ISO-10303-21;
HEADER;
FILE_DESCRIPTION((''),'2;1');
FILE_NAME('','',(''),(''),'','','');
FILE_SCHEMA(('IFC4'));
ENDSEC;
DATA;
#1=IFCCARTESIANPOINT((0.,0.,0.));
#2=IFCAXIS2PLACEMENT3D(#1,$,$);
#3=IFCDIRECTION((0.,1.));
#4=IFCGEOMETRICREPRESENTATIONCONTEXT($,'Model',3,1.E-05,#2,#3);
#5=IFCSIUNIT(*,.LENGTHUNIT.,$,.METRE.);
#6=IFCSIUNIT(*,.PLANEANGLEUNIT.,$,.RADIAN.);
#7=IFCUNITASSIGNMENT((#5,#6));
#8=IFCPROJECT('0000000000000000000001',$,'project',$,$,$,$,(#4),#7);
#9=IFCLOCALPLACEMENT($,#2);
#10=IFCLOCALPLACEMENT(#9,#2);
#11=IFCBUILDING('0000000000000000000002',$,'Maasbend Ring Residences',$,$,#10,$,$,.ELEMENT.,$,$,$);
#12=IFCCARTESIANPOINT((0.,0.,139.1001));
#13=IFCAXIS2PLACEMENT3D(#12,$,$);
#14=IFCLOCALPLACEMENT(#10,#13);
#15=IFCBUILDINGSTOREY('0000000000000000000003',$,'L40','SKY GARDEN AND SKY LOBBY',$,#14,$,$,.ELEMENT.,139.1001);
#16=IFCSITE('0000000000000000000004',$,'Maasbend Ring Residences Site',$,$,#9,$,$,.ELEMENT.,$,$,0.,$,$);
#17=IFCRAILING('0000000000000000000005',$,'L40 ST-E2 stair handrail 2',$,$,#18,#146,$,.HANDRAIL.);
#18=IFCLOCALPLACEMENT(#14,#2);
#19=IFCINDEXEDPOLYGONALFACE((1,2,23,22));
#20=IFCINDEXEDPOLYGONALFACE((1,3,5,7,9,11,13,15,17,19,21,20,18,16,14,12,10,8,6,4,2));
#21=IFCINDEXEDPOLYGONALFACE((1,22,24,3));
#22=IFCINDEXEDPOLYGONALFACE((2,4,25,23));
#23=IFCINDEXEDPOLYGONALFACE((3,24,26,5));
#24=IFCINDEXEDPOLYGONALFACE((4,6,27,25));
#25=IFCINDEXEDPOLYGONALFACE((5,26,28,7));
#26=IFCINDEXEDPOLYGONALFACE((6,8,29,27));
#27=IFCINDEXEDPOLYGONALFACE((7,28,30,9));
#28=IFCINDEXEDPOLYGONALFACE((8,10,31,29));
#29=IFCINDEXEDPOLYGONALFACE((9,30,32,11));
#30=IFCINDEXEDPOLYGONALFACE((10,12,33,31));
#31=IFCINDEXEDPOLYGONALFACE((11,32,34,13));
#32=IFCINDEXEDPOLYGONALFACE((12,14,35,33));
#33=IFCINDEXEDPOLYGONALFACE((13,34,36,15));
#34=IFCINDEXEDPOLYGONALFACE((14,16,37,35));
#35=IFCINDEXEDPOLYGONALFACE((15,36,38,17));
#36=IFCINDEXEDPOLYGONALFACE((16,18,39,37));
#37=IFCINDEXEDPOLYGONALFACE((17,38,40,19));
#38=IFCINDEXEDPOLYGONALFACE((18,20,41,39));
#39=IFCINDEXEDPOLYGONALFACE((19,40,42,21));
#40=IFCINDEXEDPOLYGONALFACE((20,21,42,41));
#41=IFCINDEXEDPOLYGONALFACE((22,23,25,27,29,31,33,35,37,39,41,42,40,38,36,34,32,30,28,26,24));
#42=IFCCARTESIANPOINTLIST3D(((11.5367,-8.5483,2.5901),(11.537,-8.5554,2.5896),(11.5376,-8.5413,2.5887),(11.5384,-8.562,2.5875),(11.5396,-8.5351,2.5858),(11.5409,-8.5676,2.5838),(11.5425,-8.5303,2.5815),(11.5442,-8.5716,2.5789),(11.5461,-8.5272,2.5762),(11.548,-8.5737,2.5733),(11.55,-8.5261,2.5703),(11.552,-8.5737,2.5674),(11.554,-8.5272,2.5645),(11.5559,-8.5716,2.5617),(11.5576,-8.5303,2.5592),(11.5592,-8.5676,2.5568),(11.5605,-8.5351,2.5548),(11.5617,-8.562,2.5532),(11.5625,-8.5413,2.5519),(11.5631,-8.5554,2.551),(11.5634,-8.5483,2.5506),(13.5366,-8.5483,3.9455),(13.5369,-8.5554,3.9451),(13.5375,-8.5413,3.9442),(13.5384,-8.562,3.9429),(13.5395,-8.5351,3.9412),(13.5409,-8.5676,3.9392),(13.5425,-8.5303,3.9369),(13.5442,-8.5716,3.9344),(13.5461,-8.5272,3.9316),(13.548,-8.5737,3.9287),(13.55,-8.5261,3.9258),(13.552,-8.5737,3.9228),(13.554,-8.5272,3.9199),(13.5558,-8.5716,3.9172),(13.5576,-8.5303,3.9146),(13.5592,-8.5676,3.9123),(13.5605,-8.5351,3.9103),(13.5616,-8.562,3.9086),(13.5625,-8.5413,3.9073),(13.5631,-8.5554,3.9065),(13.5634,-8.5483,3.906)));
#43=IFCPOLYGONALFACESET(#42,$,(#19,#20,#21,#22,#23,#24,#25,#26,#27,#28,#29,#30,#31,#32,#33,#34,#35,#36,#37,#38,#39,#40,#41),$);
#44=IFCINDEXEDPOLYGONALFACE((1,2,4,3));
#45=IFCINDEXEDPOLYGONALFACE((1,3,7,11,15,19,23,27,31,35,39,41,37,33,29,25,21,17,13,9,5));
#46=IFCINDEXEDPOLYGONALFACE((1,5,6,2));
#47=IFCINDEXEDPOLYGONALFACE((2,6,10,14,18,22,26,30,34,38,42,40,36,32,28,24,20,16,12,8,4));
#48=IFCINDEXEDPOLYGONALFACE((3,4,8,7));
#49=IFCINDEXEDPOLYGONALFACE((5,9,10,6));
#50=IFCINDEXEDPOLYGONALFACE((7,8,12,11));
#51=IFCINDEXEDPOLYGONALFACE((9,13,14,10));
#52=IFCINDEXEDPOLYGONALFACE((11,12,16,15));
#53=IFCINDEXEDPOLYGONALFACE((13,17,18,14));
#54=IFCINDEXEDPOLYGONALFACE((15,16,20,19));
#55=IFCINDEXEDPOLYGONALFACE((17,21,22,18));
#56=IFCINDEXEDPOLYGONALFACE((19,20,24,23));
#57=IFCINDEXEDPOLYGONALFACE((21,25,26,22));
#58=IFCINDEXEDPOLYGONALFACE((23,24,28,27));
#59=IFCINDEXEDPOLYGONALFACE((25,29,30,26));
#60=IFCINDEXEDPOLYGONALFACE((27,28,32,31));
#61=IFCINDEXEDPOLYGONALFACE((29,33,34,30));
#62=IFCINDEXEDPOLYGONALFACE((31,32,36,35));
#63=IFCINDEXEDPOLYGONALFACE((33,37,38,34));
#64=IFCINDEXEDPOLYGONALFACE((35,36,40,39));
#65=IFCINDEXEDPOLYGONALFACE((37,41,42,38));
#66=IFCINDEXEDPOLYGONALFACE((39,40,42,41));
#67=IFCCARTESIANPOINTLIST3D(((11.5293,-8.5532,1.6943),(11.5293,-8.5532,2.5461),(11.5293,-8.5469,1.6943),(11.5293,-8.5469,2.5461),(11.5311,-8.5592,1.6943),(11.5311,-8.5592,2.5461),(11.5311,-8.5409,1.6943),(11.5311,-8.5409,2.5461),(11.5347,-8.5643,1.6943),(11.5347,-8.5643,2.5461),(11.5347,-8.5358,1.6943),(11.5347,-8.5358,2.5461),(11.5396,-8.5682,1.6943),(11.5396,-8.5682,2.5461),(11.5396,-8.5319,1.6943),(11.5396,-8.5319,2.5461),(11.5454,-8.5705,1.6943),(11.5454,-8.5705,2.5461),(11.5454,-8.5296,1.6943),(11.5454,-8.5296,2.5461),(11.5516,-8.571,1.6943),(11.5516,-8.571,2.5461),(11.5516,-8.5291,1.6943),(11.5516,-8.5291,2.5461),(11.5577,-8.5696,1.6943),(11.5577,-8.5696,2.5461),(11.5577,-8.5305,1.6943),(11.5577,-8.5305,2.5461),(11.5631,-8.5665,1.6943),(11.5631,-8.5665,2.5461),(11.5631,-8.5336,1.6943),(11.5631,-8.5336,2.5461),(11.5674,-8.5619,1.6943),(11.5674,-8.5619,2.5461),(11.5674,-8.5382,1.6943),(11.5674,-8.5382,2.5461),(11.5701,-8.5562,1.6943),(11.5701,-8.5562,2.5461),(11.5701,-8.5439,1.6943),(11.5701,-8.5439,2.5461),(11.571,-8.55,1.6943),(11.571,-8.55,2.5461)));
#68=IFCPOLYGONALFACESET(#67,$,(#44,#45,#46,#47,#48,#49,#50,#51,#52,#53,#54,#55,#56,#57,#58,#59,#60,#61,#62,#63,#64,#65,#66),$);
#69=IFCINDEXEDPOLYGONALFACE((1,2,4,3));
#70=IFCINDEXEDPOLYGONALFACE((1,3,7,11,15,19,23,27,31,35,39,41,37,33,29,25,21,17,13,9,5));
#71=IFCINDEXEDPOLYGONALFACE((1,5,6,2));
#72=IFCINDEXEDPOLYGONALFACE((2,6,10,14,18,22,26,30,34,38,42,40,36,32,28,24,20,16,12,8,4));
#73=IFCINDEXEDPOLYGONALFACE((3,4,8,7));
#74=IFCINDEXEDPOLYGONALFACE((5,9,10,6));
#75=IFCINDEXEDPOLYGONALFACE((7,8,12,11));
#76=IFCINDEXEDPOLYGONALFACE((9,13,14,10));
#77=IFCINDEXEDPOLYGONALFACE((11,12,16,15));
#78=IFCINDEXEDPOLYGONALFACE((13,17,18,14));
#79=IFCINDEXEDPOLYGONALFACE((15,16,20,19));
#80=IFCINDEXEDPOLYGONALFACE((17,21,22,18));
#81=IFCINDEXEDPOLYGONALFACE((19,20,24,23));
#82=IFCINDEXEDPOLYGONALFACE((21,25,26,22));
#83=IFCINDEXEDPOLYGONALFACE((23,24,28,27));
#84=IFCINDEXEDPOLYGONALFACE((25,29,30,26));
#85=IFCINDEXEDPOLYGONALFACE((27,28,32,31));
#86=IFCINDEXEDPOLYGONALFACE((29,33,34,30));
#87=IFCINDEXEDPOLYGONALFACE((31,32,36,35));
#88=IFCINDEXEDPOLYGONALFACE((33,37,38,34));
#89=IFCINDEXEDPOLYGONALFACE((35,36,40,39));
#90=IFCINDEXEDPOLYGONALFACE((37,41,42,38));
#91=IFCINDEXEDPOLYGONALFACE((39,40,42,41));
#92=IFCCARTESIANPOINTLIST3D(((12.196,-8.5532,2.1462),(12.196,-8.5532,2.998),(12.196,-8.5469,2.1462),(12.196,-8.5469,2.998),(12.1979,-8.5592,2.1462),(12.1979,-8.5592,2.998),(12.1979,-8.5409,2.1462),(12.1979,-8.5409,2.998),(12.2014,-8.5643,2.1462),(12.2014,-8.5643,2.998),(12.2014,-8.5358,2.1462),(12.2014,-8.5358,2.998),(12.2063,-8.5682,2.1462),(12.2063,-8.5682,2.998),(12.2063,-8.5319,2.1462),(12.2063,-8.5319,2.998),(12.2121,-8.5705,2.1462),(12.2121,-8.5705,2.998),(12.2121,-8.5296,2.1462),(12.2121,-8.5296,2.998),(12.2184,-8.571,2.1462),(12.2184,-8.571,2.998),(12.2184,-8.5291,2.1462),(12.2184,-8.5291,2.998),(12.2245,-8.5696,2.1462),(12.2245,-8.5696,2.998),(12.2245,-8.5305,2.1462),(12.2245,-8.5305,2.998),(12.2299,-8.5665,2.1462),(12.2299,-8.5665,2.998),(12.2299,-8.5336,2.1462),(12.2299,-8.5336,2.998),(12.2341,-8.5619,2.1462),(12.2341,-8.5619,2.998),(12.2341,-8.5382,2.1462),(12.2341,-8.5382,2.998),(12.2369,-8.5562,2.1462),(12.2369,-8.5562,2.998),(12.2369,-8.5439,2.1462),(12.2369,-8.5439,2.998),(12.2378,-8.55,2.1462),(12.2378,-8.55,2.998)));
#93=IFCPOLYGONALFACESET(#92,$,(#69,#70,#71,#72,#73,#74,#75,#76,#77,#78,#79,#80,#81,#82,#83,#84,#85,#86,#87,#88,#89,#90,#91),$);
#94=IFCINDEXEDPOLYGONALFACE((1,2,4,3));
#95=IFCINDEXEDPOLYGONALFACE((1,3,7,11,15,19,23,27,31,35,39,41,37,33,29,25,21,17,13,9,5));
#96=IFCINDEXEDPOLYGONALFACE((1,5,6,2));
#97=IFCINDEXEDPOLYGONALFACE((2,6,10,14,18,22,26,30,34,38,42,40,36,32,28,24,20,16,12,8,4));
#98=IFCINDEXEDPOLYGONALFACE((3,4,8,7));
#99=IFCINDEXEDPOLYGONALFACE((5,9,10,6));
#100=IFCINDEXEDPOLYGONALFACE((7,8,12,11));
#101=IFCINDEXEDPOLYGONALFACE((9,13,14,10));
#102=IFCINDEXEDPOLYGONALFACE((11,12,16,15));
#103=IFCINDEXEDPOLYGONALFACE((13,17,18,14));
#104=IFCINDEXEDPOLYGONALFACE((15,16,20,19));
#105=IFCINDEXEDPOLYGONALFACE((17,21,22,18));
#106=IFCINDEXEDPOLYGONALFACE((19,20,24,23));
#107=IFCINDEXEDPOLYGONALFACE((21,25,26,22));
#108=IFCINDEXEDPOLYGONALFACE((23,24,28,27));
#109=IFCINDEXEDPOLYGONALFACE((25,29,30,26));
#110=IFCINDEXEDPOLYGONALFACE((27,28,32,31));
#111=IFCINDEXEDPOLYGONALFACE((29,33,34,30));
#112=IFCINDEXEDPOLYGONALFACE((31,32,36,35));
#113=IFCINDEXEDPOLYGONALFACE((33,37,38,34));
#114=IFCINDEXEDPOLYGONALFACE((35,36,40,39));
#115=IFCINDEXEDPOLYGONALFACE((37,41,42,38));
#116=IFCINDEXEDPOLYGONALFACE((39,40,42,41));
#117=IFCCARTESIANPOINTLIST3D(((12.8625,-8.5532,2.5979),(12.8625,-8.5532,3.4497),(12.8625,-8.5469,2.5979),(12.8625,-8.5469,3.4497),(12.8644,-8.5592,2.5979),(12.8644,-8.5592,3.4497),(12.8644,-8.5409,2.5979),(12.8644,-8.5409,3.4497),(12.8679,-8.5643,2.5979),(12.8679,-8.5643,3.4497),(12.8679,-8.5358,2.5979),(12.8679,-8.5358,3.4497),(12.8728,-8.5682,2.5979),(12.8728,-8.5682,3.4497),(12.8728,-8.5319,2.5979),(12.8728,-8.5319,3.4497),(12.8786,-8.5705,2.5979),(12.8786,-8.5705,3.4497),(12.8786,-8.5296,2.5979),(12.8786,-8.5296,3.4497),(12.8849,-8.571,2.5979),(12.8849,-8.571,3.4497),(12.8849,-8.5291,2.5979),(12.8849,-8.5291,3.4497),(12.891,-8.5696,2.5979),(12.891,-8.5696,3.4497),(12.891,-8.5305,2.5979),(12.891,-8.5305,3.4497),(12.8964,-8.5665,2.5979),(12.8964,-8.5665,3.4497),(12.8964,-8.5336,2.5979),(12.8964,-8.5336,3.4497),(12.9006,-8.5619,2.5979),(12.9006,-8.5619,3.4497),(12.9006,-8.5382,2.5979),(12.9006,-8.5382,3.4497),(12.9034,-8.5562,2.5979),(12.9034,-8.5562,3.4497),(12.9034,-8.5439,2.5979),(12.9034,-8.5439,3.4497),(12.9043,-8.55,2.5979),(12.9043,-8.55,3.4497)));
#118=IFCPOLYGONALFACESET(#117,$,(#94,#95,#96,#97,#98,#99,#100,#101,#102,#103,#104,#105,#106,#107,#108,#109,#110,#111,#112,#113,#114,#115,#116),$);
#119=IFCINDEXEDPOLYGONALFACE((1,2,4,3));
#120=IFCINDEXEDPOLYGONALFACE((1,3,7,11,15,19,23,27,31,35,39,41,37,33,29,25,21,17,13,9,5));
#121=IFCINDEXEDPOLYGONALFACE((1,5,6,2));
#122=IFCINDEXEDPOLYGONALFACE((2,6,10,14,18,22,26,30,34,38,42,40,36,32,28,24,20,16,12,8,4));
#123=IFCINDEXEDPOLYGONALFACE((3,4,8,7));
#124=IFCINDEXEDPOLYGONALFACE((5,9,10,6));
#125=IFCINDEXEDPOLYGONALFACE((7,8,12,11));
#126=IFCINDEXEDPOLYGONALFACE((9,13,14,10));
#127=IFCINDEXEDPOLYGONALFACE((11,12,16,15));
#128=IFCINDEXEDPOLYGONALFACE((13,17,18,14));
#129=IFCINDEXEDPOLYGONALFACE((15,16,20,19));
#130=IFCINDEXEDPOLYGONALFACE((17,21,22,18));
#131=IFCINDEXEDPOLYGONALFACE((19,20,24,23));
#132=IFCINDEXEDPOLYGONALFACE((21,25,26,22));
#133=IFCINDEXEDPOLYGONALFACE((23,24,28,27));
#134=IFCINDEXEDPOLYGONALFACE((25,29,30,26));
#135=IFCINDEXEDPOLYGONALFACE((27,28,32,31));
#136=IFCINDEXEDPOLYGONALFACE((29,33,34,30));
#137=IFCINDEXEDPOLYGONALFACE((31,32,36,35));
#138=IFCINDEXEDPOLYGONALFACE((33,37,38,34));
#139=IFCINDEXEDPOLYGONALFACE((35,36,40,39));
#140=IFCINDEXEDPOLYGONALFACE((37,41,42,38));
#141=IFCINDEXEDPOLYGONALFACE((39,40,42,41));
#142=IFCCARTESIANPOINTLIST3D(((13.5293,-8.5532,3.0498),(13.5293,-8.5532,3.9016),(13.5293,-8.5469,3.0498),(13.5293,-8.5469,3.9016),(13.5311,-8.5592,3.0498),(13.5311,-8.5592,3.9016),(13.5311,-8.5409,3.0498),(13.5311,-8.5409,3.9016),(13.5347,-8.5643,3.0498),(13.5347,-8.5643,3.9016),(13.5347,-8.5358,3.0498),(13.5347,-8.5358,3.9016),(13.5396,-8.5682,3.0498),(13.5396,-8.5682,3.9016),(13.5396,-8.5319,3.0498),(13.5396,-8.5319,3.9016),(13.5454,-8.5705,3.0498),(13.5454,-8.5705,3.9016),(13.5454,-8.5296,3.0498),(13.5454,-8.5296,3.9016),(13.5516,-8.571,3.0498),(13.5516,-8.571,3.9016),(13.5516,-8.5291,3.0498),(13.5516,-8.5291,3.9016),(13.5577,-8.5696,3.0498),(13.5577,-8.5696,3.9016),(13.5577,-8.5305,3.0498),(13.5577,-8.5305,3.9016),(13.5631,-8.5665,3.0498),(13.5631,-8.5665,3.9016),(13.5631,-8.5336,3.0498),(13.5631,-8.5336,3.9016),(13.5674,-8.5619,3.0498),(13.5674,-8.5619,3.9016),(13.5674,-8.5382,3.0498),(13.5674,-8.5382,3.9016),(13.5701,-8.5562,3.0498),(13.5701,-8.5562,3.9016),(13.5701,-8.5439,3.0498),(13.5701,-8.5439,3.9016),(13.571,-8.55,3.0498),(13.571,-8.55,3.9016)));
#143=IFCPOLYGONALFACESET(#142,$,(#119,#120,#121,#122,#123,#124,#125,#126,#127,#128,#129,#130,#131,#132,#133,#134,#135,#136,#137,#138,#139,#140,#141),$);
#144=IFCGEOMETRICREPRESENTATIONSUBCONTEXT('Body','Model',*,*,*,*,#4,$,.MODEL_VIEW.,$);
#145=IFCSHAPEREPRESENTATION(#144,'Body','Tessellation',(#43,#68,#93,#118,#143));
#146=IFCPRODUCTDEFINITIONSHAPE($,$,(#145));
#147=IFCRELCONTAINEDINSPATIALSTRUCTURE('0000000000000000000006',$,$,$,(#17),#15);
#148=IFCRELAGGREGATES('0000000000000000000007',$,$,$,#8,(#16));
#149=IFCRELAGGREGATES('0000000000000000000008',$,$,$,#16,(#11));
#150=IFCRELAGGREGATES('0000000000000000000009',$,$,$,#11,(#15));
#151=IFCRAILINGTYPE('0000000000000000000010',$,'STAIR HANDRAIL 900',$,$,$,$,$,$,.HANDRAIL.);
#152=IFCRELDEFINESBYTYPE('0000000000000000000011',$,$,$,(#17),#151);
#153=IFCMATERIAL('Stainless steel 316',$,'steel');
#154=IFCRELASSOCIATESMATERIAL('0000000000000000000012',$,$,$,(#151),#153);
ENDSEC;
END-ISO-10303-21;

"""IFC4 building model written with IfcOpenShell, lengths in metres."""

from ifc_helpers import new_model, si_unit, direction, frame, origin, origin_2d, place, context, subcontext, project, spatial, circle, extrude, material, type_object, element, save


model = new_model("IFC4")

# Units and contexts
model_context = context("Model", 3, precision=1e-05, world=origin(), true_north=direction((0.0, 1.0)))
body_context = subcontext(model_context, "Body", "Model", "MODEL_VIEW")
ifc_project = project(units=[si_unit("LENGTHUNIT", "METRE"), si_unit("PLANEANGLEUNIT", "RADIAN")], contexts=[model_context])

# Site, building, storey
site_placement = place(None, origin())
site = spatial("IfcSite", under=ifc_project, at=site_placement, Name="Maasbend Ring Residences Site", CompositionType="ELEMENT", RefElevation=0.0)
building_placement = place(site_placement, origin())
building = spatial("IfcBuilding", under=site, at=building_placement, Name="Maasbend Ring Residences", CompositionType="ELEMENT")
storey_placement = place(building_placement, frame((0.0, 0.0, 139.1001)))
storey = spatial("IfcBuildingStorey", under=building, at=storey_placement, Name="L40", Description="SKY GARDEN AND SKY LOBBY", CompositionType="ELEMENT", Elevation=139.1001)

# Railing
ifc_material_1 = material(Name="Stainless steel 316", Category="steel")
railing_type = type_object("IfcRailingType", Name="STAIR HANDRAIL 900", PredefinedType="HANDRAIL", material=ifc_material_1)
for number, where, name in (
    (1, (11.55, -8.55, 1.6943), "L40 ST-E2 stair handrail 2"),
):
    element("IfcRailing", number, at=place(storey_placement, frame(where)), inside=storey, type_object=railing_type, Name=name, PredefinedType="HANDRAIL", context=body_context, shape_type="SweptSolid", body=[
        extrude(circle(Radius=0.0239, at=origin_2d()), frame((0.0, 0.0, 0.876), z_axis=(0.827798, 0.0, 0.561027), x_axis=(0.0, 1.0, 0.0)), (0.0, 0.0, 1.0), 2.416),
        extrude(circle(Radius=0.021, at=origin_2d()), origin(), (0.0, 0.0, 1.0), 0.8518),
        extrude(circle(Radius=0.021, at=origin_2d()), frame((0.6667, 0.0, 0.4519)), (0.0, 0.0, 1.0), 0.8518),
        extrude(circle(Radius=0.021, at=origin_2d()), frame((1.3333, 0.0, 0.9036)), (0.0, 0.0, 1.0), 0.8518),
        extrude(circle(Radius=0.021, at=origin_2d()), frame((2.0, 0.0, 1.3555)), (0.0, 0.0, 1.0), 0.8518),
    ])

save(model, "model.ifc")
